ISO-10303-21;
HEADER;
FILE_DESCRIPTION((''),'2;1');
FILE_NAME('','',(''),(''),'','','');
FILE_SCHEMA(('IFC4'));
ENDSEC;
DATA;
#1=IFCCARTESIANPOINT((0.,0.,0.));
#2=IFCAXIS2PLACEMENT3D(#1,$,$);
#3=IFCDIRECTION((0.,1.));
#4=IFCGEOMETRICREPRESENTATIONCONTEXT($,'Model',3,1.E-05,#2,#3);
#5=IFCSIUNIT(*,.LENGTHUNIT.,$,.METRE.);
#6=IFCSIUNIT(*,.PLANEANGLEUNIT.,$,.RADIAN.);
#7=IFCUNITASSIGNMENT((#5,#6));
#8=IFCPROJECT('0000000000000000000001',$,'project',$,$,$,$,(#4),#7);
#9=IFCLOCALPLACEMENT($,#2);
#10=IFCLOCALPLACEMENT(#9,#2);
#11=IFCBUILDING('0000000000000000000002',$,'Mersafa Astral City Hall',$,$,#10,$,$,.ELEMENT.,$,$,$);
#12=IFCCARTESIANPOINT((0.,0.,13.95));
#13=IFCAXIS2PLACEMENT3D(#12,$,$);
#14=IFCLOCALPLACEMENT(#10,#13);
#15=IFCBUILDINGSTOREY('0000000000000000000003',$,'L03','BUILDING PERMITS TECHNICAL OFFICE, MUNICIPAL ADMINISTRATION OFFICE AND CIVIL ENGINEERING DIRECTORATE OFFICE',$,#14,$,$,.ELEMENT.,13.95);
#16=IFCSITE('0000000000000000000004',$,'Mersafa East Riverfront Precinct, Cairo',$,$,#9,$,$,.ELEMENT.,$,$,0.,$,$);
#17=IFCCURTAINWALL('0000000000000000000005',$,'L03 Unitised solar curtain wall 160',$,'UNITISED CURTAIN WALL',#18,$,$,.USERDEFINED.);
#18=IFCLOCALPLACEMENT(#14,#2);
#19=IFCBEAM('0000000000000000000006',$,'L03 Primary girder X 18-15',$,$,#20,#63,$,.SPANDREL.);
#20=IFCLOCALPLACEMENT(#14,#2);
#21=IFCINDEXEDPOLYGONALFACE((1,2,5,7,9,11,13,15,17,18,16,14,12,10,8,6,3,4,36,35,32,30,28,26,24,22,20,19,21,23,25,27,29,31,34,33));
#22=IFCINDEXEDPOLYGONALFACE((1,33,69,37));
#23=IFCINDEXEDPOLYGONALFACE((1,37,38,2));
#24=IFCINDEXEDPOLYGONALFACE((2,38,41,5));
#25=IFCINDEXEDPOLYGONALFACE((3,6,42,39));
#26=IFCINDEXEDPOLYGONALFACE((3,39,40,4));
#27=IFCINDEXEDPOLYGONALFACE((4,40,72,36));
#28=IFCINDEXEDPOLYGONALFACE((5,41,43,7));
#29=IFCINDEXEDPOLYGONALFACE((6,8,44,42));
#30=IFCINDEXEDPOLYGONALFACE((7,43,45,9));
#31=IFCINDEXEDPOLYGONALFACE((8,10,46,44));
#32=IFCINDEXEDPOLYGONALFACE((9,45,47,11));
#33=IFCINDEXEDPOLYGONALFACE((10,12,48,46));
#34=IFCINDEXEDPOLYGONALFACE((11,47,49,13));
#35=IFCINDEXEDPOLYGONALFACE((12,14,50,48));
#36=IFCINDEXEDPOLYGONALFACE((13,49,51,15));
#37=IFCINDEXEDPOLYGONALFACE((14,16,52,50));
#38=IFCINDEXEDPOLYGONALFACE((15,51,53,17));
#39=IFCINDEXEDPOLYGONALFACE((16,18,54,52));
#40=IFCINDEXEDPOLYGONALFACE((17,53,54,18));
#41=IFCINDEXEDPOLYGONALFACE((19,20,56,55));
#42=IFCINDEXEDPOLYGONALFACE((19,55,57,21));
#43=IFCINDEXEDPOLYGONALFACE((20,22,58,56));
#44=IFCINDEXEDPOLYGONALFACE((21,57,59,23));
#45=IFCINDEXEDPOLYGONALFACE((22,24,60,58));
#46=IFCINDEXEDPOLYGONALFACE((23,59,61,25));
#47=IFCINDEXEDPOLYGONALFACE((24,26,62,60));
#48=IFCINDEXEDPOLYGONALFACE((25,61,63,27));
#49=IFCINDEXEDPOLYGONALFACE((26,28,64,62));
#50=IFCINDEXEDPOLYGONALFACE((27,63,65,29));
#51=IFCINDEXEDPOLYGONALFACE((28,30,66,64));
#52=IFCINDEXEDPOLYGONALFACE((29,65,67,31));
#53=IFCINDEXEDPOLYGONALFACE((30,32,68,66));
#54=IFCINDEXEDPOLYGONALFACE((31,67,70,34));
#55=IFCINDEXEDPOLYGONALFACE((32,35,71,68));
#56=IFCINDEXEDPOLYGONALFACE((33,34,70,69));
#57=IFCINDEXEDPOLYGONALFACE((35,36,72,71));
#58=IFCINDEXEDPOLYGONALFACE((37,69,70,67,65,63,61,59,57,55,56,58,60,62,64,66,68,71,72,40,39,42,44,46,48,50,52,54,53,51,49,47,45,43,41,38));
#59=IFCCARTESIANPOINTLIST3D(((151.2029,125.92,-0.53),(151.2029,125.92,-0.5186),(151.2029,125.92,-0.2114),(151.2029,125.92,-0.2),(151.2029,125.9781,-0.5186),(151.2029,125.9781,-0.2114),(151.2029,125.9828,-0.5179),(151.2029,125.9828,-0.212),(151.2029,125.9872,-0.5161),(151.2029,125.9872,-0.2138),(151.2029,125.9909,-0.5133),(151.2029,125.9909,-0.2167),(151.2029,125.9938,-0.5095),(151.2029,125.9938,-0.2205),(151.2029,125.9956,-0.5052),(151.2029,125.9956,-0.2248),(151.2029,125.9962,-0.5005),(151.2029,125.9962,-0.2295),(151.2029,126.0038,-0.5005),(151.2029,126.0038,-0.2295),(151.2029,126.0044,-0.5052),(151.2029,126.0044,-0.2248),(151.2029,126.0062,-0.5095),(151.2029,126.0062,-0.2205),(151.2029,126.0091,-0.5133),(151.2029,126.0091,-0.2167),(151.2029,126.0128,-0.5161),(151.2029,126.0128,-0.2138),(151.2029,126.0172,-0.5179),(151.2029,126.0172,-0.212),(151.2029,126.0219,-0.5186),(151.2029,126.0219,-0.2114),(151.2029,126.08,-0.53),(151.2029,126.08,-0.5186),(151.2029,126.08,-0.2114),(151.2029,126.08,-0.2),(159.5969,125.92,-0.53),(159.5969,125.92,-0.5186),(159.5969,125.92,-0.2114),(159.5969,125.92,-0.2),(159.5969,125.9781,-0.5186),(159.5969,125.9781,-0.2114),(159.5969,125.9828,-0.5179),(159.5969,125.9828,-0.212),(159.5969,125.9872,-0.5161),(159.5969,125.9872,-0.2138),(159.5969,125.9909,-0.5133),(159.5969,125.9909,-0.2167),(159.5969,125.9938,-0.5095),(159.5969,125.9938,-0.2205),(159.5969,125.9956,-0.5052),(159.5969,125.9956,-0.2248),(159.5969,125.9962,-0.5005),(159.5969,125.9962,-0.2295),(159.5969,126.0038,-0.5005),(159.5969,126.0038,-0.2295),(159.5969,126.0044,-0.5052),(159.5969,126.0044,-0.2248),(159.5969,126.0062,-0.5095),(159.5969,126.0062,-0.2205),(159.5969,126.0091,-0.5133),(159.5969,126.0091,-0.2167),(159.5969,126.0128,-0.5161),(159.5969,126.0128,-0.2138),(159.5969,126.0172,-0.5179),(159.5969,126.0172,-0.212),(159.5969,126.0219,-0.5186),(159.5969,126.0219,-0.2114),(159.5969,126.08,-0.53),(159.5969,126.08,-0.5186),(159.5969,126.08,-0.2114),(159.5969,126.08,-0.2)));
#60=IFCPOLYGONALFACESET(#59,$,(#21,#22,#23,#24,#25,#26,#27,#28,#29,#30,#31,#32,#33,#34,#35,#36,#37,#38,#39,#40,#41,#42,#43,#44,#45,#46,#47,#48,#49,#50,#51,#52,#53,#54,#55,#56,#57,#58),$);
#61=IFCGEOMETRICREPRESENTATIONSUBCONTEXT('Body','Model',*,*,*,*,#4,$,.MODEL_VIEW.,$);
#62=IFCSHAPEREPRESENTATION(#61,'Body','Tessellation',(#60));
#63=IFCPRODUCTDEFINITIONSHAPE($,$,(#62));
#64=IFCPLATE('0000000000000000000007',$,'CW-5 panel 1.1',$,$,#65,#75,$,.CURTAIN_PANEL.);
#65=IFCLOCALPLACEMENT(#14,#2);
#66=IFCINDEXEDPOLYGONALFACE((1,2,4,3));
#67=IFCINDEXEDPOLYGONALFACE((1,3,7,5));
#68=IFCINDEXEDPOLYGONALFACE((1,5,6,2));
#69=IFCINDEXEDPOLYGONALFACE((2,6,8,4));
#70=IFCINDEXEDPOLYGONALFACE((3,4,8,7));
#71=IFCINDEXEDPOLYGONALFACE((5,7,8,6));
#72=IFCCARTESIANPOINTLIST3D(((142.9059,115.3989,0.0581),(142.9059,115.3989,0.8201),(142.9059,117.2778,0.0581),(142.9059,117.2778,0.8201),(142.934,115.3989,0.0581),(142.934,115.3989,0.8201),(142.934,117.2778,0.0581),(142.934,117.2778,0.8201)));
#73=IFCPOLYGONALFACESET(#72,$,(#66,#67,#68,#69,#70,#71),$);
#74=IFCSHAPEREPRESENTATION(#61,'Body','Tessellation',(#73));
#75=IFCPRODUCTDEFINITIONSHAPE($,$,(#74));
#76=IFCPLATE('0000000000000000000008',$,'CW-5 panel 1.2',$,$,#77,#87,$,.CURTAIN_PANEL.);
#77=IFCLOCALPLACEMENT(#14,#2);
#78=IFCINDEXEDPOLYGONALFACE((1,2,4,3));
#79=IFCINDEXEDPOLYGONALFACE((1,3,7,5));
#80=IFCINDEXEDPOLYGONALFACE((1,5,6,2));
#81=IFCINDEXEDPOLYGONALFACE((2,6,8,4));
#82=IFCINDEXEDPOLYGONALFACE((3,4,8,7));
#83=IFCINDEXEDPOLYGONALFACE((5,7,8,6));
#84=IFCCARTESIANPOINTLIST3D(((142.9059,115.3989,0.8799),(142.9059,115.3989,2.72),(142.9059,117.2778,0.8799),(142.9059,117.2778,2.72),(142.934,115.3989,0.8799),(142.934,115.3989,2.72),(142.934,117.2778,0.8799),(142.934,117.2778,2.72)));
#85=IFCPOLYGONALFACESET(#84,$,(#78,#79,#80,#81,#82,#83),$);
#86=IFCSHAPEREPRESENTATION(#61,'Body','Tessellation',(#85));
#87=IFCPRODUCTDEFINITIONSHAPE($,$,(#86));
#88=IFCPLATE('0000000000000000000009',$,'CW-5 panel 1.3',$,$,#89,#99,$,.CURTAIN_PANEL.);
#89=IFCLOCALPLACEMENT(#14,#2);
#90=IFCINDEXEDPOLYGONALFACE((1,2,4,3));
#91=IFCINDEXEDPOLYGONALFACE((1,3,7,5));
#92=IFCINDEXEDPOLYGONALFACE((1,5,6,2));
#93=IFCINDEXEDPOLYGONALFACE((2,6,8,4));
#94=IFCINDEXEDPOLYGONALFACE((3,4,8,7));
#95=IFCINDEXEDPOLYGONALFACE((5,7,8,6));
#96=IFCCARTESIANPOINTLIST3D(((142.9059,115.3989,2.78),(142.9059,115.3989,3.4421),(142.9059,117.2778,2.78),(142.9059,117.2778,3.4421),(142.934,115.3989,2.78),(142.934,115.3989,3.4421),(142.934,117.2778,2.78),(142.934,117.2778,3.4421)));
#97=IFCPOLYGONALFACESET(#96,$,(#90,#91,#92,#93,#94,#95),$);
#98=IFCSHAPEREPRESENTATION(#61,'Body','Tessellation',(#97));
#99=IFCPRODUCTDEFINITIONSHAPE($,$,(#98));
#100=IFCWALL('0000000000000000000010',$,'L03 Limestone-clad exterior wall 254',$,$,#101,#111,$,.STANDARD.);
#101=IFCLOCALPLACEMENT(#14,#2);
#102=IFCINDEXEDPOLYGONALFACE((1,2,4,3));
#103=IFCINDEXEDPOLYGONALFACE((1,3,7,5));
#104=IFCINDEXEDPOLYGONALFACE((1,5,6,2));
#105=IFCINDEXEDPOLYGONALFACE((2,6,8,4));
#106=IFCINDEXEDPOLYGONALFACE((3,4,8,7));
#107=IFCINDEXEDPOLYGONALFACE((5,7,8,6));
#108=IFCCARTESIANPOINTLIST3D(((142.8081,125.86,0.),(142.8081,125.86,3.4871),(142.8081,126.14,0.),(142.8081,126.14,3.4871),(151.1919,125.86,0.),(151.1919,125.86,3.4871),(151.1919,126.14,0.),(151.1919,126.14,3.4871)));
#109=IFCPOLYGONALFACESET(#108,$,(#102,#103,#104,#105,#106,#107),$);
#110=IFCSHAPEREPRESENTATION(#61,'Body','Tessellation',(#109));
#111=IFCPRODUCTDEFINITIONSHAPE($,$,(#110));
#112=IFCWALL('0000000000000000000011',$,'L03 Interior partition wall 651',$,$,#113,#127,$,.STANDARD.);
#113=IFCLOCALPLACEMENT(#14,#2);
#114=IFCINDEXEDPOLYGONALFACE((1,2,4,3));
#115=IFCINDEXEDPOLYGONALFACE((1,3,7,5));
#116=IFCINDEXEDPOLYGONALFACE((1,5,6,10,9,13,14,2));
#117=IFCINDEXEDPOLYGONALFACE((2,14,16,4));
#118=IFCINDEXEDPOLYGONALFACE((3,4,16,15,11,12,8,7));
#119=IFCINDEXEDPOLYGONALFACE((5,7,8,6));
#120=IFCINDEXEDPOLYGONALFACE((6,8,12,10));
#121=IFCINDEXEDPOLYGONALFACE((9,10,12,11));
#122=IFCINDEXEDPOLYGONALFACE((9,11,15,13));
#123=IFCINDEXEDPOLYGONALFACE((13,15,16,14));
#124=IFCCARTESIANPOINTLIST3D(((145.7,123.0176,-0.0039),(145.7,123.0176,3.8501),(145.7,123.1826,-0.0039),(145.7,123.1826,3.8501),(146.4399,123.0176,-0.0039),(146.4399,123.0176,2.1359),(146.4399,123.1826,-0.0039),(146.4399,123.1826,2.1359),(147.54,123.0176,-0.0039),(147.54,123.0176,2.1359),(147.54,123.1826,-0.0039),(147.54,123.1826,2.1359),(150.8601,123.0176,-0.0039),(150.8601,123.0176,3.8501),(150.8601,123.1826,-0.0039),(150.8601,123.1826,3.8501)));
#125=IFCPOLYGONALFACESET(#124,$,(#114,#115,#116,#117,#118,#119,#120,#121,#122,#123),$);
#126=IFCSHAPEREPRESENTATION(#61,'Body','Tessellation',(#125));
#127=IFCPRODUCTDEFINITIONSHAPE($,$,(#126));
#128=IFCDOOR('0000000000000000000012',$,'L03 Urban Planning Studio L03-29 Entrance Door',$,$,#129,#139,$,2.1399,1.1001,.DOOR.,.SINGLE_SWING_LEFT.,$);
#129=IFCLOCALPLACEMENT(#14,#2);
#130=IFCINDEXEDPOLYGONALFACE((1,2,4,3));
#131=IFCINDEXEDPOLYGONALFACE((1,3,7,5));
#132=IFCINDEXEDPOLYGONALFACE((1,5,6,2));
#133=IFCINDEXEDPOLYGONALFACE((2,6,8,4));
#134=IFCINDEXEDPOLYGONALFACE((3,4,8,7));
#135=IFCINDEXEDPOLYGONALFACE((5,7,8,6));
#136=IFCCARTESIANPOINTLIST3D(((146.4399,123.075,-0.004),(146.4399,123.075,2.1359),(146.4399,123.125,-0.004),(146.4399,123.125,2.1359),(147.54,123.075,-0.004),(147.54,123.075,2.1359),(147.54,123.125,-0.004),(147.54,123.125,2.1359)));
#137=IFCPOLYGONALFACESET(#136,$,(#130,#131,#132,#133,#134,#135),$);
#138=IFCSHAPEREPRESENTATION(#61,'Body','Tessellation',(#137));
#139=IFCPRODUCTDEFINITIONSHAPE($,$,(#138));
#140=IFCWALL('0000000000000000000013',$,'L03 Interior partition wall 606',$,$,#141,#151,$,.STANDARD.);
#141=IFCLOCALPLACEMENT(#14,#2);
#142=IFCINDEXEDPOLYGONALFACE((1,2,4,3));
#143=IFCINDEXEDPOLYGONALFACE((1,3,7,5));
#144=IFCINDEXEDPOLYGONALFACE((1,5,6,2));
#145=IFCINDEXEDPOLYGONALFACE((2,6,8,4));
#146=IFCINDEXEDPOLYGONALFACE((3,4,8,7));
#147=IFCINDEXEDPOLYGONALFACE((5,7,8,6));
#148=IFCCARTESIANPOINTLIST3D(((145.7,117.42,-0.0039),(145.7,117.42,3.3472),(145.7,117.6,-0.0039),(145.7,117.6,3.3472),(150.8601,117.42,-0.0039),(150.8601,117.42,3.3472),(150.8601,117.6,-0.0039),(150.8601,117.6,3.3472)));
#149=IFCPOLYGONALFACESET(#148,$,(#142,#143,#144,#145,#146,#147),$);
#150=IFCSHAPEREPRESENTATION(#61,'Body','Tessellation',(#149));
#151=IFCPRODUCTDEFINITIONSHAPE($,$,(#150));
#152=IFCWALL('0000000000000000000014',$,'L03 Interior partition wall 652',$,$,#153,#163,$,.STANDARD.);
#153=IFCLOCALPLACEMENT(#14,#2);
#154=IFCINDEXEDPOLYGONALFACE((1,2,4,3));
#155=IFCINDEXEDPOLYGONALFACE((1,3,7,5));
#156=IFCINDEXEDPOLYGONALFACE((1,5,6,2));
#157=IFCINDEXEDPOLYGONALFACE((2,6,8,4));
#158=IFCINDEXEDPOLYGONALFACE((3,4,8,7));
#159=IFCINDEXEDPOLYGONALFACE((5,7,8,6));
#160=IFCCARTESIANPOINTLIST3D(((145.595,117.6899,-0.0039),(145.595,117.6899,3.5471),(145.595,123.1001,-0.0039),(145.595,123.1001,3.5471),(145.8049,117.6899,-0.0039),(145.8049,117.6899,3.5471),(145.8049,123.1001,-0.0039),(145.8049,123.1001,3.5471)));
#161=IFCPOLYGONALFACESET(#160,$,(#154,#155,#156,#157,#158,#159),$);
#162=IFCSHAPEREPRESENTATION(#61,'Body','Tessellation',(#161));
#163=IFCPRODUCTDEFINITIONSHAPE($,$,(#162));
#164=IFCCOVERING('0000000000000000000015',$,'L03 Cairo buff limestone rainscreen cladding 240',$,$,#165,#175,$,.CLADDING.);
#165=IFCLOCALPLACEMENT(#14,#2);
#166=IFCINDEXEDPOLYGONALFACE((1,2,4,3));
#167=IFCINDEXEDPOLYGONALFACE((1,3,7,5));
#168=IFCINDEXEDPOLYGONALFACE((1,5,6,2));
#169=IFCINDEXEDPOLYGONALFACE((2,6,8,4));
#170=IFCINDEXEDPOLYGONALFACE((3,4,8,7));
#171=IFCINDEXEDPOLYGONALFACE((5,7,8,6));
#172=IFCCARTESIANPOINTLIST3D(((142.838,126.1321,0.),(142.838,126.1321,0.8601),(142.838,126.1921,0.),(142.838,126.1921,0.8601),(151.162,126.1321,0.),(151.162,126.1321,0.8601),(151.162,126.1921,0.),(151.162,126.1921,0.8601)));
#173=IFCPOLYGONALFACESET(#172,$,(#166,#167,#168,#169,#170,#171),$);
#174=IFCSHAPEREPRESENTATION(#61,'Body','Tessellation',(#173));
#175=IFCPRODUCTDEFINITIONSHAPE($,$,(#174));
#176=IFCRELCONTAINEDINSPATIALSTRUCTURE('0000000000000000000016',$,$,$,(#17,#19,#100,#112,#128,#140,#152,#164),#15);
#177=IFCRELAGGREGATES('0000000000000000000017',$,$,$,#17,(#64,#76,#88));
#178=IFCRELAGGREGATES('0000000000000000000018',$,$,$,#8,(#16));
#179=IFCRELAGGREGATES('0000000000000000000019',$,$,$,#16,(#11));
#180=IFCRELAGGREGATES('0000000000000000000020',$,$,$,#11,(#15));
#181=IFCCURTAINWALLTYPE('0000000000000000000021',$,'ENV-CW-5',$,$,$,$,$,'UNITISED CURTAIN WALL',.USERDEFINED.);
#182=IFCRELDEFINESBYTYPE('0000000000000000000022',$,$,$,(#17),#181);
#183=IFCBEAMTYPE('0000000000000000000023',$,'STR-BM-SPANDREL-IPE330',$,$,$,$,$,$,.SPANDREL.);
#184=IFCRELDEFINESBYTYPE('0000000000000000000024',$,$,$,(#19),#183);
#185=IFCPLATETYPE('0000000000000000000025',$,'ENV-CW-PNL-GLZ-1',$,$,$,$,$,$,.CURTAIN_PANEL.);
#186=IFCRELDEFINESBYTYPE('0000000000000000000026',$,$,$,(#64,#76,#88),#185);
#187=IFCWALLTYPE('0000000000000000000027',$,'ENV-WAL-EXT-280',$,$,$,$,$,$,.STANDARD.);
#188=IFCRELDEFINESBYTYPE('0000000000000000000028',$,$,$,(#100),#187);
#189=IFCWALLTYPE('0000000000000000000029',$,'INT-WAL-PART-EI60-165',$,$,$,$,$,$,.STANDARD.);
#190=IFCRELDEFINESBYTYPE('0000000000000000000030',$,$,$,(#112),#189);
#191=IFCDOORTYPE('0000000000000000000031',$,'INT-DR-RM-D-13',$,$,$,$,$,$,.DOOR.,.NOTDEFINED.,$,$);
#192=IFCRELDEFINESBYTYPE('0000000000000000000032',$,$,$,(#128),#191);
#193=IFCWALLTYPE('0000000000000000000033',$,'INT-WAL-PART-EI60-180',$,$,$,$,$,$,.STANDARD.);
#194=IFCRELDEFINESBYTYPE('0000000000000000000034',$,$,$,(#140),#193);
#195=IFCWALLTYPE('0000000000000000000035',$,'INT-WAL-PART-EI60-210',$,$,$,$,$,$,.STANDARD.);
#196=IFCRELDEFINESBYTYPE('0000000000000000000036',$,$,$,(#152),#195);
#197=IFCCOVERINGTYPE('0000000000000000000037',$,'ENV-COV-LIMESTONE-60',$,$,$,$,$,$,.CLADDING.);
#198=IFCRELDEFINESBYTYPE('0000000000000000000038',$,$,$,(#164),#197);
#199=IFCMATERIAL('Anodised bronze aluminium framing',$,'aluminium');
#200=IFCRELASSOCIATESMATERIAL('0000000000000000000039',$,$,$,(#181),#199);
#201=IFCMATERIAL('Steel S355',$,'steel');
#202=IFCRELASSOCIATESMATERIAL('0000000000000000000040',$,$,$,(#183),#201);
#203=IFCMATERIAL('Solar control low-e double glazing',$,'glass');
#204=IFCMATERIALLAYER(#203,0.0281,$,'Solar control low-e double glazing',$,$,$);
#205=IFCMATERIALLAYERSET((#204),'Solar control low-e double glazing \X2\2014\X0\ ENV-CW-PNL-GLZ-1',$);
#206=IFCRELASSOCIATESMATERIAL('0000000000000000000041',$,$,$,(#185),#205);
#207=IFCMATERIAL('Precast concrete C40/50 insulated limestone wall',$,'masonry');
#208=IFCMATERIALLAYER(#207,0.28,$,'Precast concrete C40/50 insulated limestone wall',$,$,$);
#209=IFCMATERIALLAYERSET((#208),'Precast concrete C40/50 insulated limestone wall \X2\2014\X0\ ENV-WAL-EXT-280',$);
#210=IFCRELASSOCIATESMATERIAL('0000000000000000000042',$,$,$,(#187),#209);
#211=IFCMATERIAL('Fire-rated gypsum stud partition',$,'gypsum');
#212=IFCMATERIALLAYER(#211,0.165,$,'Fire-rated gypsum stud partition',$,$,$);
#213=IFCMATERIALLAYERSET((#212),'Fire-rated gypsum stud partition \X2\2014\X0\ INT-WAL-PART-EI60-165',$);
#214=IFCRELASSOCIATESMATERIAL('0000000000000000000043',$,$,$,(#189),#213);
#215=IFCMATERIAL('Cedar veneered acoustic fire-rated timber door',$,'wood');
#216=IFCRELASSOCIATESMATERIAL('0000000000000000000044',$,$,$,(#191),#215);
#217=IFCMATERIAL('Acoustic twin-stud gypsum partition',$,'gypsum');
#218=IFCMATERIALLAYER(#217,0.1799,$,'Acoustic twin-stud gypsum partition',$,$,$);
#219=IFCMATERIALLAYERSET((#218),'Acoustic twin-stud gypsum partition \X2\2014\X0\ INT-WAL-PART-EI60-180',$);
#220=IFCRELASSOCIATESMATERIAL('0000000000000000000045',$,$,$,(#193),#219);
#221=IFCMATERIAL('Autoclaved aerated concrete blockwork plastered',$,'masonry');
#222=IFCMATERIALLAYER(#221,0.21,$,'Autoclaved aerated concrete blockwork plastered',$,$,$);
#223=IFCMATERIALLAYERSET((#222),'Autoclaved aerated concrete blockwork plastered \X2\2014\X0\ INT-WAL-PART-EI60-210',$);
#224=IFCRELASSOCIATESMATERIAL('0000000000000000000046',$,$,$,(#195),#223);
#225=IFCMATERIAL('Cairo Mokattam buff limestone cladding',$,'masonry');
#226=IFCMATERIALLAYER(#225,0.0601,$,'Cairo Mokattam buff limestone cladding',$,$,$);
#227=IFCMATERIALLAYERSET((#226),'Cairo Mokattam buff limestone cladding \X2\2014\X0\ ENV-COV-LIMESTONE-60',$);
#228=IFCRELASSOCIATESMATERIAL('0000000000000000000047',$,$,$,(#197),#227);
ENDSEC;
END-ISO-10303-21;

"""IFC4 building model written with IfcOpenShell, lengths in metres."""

from ifc_helpers import new_model, si_unit, direction, frame, frame_2d, origin, origin_2d, place, context, subcontext, project, spatial, rectangle, i_section, extrude, material, layer, layer_set, material_profile, profile_set, type_object, element, fill, aggregate, save


model = new_model("IFC4")

# Units and contexts
model_context = context("Model", 3, precision=1e-05, world=origin(), true_north=direction((0.0, 1.0)))
body_context = subcontext(model_context, "Body", "Model", "MODEL_VIEW")
ifc_project = project(units=[si_unit("LENGTHUNIT", "METRE"), si_unit("PLANEANGLEUNIT", "RADIAN")], contexts=[model_context])

# Site, building, storey
site_placement = place(None, origin())
site = spatial("IfcSite", under=ifc_project, at=site_placement, Name="Mersafa East Riverfront Precinct, Cairo", CompositionType="ELEMENT", RefElevation=0.0)
building_placement = place(site_placement, origin())
building = spatial("IfcBuilding", under=site, at=building_placement, Name="Mersafa Astral City Hall", CompositionType="ELEMENT")
storey_placement = place(building_placement, frame((0.0, 0.0, 13.95)))
storey = spatial("IfcBuildingStorey", under=building, at=storey_placement, Name="L03", Description="BUILDING PERMITS TECHNICAL OFFICE, MUNICIPAL ADMINISTRATION OFFICE AND CIVIL ENGINEERING DIRECTORATE OFFICE", CompositionType="ELEMENT", Elevation=13.95)

# Shared definitions
ifc_material_1 = material(Name="Steel S355", Category="steel")

# Curtain wall
ifc_material_2 = material(Name="Anodised bronze aluminium framing", Category="aluminium")
curtain_wall_type = type_object("IfcCurtainWallType", Name="ENV-CW-5", ElementType="UNITISED CURTAIN WALL", PredefinedType="USERDEFINED", material=ifc_material_2)
curtain_wall_placement = place(storey_placement, origin())
curtain_wall = element("IfcCurtainWall", 1, at=curtain_wall_placement, inside=storey, type_object=curtain_wall_type, Name="L03 Unitised solar curtain wall 160", ObjectType="UNITISED CURTAIN WALL", PredefinedType="USERDEFINED")

# Beam
ifc_material_profile_1 = material_profile(ifc_material_1, i_section(OverallWidth=0.1599, OverallDepth=0.3301, WebThickness=0.0076, FlangeThickness=0.0115, FilletRadius=0.0181, at=origin_2d()), Name="IPE 330")
ifc_profile_set_1 = profile_set([ifc_material_profile_1], Name="Steel S355")
beam_type_1 = type_object("IfcBeamType", Name="STR-BM-SPANDREL-IPE330", PredefinedType="SPANDREL", material=ifc_profile_set_1)
beam_1_placement = place(storey_placement, frame((151.2029, 126.0, -0.365), z_axis=(1.0, 0.0, 0.0), x_axis=(0.0, 1.0, 0.0)))
element("IfcBeam", 2, at=beam_1_placement, inside=storey, type_object=beam_type_1, Name="L03 Primary girder X 18-15", PredefinedType="SPANDREL", context=body_context, shape_type="SweptSolid", body=[
    extrude(i_section(OverallWidth=0.1599, OverallDepth=0.3301, WebThickness=0.0076, FlangeThickness=0.0115, FilletRadius=0.0181, at=origin_2d()), origin(), (0.0, 0.0, 1.0), 8.394),
])

# Plates
ifc_material_3 = material(Name="Solar control low-e double glazing", Category="glass")
ifc_layer_1 = layer(ifc_material_3, 0.0281, Name="Solar control low-e double glazing")
ifc_layer_set_1 = layer_set([ifc_layer_1], Name="Solar control low-e double glazing — ENV-CW-PNL-GLZ-1")
plate_type = type_object("IfcPlateType", Name="ENV-CW-PNL-GLZ-1", PredefinedType="CURTAIN_PANEL", material=ifc_layer_set_1)
plate_1_placement = place(storey_placement, frame((142.9199, 116.3384, 0.0581), z_axis=(0.0, 0.0, 1.0), x_axis=(0.0, -1.0, 0.0)))
plate_1 = element("IfcPlate", 3, at=plate_1_placement, type_object=plate_type, Name="CW-5 panel 1.1", PredefinedType="CURTAIN_PANEL", context=body_context, shape_type="SweptSolid", body=[
    extrude(rectangle(XDim=1.8789, YDim=0.0281, at=origin_2d()), origin(), (0.0, 0.0, 1.0), 0.762),
])
plate_2_placement = place(storey_placement, frame((142.9199, 116.3384, 0.8799), z_axis=(0.0, 0.0, 1.0), x_axis=(0.0, -1.0, 0.0)))
plate_2 = element("IfcPlate", 4, at=plate_2_placement, type_object=plate_type, Name="CW-5 panel 1.2", PredefinedType="CURTAIN_PANEL", context=body_context, shape_type="SweptSolid", body=[
    extrude(rectangle(XDim=1.8789, YDim=0.0281, at=origin_2d()), origin(), (0.0, 0.0, 1.0), 1.8401),
])
plate_3_placement = place(storey_placement, frame((142.9199, 116.3384, 2.78), z_axis=(0.0, 0.0, 1.0), x_axis=(0.0, -1.0, 0.0)))
plate_3 = element("IfcPlate", 5, at=plate_3_placement, type_object=plate_type, Name="CW-5 panel 1.3", PredefinedType="CURTAIN_PANEL", context=body_context, shape_type="SweptSolid", body=[
    extrude(rectangle(XDim=1.8789, YDim=0.0281, at=origin_2d()), origin(), (0.0, 0.0, 1.0), 0.6621),
])
aggregate(curtain_wall, [plate_1, plate_2, plate_3])

# Wall
ifc_material_4 = material(Name="Precast concrete C40/50 insulated limestone wall", Category="masonry")
ifc_layer_2 = layer(ifc_material_4, 0.28, Name="Precast concrete C40/50 insulated limestone wall")
ifc_layer_set_2 = layer_set([ifc_layer_2], Name="Precast concrete C40/50 insulated limestone wall — ENV-WAL-EXT-280")
wall_type_1 = type_object("IfcWallType", Name="ENV-WAL-EXT-280", PredefinedType="STANDARD", material=ifc_layer_set_2)
wall_1_placement = place(storey_placement, frame((151.1919, 126.0, 0.0), z_axis=(0.0, 0.0, 1.0), x_axis=(-1.0, 0.0, 0.0)))
element("IfcWall", 6, at=wall_1_placement, inside=storey, type_object=wall_type_1, Name="L03 Limestone-clad exterior wall 254", PredefinedType="STANDARD", context=body_context, shape_type="SweptSolid", body=[
    extrude(rectangle(XDim=8.3838, YDim=0.28, at=frame_2d((4.1919, 0.0))), origin(), (0.0, 0.0, 1.0), 3.4871),
])

# Wall, opening, door
ifc_material_5 = material(Name="Fire-rated gypsum stud partition", Category="gypsum")
ifc_layer_3 = layer(ifc_material_5, 0.165, Name="Fire-rated gypsum stud partition")
ifc_layer_set_3 = layer_set([ifc_layer_3], Name="Fire-rated gypsum stud partition — INT-WAL-PART-EI60-165")
wall_type_2 = type_object("IfcWallType", Name="INT-WAL-PART-EI60-165", PredefinedType="STANDARD", material=ifc_layer_set_3)
wall_2_placement = place(storey_placement, frame((145.7, 123.1001, -0.0039), z_axis=(0.0, 0.0, 1.0), x_axis=(1.0, 0.0, 0.0)))
wall_2 = element("IfcWall", 7, at=wall_2_placement, inside=storey, type_object=wall_type_2, Name="L03 Interior partition wall 651", PredefinedType="STANDARD", context=body_context, shape_type="SweptSolid", body=[
    extrude(rectangle(XDim=5.1602, YDim=0.165, at=frame_2d((2.5801, 0.0))), origin(), (0.0, 0.0, 1.0), 3.854),
])
opening_1_placement = place(wall_2_placement, frame((0.74, 0.0, 0.0)))
opening_1 = element("IfcOpeningElement", 8, at=opening_1_placement, cuts=wall_2, PredefinedType="OPENING", context=body_context, shape_type="SweptSolid", body=[
    extrude(rectangle(XDim=1.1001, YDim=2.1399, at=frame_2d((0.55, 1.0698))), frame((0.0, 0.0925, 0.0), z_axis=(0.0, -1.0, 0.0), x_axis=(1.0, 0.0, 0.0)), (0.0, 0.0, 1.0), 0.1851),
])
ifc_material_6 = material(Name="Cedar veneered acoustic fire-rated timber door", Category="wood")
door_type_1 = type_object("IfcDoorType", Name="INT-DR-RM-D-13", OperationType="NOTDEFINED", PredefinedType="DOOR", material=ifc_material_6)
door_1_placement = place(opening_1_placement, origin())
door_1 = element("IfcDoor", 9, at=door_1_placement, inside=storey, type_object=door_type_1, Name="L03 Urban Planning Studio L03-29 Entrance Door", OperationType="SINGLE_SWING_LEFT", OverallHeight=2.1399, OverallWidth=1.1001, PredefinedType="DOOR", context=body_context, shape_type="SweptSolid", body=[
    extrude(rectangle(XDim=1.1001, YDim=2.1399, at=frame_2d((0.55, 1.0698))), frame((0.0, 0.0249, 0.0), z_axis=(0.0, -1.0, 0.0), x_axis=(1.0, 0.0, 0.0)), (0.0, 0.0, 1.0), 0.05),
])
fill(opening_1, door_1)

# Walls
ifc_material_7 = material(Name="Acoustic twin-stud gypsum partition", Category="gypsum")
ifc_layer_4 = layer(ifc_material_7, 0.1799, Name="Acoustic twin-stud gypsum partition")
ifc_layer_set_4 = layer_set([ifc_layer_4], Name="Acoustic twin-stud gypsum partition — INT-WAL-PART-EI60-180")
wall_type_3 = type_object("IfcWallType", Name="INT-WAL-PART-EI60-180", PredefinedType="STANDARD", material=ifc_layer_set_4)
wall_3_placement = place(storey_placement, frame((145.7, 117.51, -0.0039), z_axis=(0.0, 0.0, 1.0), x_axis=(1.0, 0.0, 0.0)))
element("IfcWall", 10, at=wall_3_placement, inside=storey, type_object=wall_type_3, Name="L03 Interior partition wall 606", PredefinedType="STANDARD", context=body_context, shape_type="SweptSolid", body=[
    extrude(rectangle(XDim=5.1602, YDim=0.1799, at=frame_2d((2.5801, 0.0))), origin(), (0.0, 0.0, 1.0), 3.3511),
])
ifc_material_8 = material(Name="Autoclaved aerated concrete blockwork plastered", Category="masonry")
ifc_layer_5 = layer(ifc_material_8, 0.21, Name="Autoclaved aerated concrete blockwork plastered")
ifc_layer_set_5 = layer_set([ifc_layer_5], Name="Autoclaved aerated concrete blockwork plastered — INT-WAL-PART-EI60-210")
wall_type_4 = type_object("IfcWallType", Name="INT-WAL-PART-EI60-210", PredefinedType="STANDARD", material=ifc_layer_set_5)
wall_4_placement = place(storey_placement, frame((145.7, 117.6899, -0.0039), z_axis=(0.0, 0.0, 1.0), x_axis=(0.0, 1.0, 0.0)))
element("IfcWall", 11, at=wall_4_placement, inside=storey, type_object=wall_type_4, Name="L03 Interior partition wall 652", PredefinedType="STANDARD", context=body_context, shape_type="SweptSolid", body=[
    extrude(rectangle(XDim=5.4102, YDim=0.21, at=frame_2d((2.7051, 0.0))), origin(), (0.0, 0.0, 1.0), 3.551),
])

# Covering
ifc_material_9 = material(Name="Cairo Mokattam buff limestone cladding", Category="masonry")
ifc_layer_6 = layer(ifc_material_9, 0.0601, Name="Cairo Mokattam buff limestone cladding")
ifc_layer_set_6 = layer_set([ifc_layer_6], Name="Cairo Mokattam buff limestone cladding — ENV-COV-LIMESTONE-60")
covering_type = type_object("IfcCoveringType", Name="ENV-COV-LIMESTONE-60", PredefinedType="CLADDING", material=ifc_layer_set_6)
covering_placement = place(storey_placement, frame((147.0, 126.1621, 0.0), z_axis=(0.0, 0.0, 1.0), x_axis=(-1.0, 0.0, 0.0)))
element("IfcCovering", 12, at=covering_placement, inside=storey, type_object=covering_type, Name="L03 Cairo buff limestone rainscreen cladding 240", PredefinedType="CLADDING", context=body_context, shape_type="SweptSolid", body=[
    extrude(rectangle(XDim=8.324, YDim=0.0601, at=origin_2d()), origin(), (0.0, 0.0, 1.0), 0.8601),
])

save(model, "model.ifc")
